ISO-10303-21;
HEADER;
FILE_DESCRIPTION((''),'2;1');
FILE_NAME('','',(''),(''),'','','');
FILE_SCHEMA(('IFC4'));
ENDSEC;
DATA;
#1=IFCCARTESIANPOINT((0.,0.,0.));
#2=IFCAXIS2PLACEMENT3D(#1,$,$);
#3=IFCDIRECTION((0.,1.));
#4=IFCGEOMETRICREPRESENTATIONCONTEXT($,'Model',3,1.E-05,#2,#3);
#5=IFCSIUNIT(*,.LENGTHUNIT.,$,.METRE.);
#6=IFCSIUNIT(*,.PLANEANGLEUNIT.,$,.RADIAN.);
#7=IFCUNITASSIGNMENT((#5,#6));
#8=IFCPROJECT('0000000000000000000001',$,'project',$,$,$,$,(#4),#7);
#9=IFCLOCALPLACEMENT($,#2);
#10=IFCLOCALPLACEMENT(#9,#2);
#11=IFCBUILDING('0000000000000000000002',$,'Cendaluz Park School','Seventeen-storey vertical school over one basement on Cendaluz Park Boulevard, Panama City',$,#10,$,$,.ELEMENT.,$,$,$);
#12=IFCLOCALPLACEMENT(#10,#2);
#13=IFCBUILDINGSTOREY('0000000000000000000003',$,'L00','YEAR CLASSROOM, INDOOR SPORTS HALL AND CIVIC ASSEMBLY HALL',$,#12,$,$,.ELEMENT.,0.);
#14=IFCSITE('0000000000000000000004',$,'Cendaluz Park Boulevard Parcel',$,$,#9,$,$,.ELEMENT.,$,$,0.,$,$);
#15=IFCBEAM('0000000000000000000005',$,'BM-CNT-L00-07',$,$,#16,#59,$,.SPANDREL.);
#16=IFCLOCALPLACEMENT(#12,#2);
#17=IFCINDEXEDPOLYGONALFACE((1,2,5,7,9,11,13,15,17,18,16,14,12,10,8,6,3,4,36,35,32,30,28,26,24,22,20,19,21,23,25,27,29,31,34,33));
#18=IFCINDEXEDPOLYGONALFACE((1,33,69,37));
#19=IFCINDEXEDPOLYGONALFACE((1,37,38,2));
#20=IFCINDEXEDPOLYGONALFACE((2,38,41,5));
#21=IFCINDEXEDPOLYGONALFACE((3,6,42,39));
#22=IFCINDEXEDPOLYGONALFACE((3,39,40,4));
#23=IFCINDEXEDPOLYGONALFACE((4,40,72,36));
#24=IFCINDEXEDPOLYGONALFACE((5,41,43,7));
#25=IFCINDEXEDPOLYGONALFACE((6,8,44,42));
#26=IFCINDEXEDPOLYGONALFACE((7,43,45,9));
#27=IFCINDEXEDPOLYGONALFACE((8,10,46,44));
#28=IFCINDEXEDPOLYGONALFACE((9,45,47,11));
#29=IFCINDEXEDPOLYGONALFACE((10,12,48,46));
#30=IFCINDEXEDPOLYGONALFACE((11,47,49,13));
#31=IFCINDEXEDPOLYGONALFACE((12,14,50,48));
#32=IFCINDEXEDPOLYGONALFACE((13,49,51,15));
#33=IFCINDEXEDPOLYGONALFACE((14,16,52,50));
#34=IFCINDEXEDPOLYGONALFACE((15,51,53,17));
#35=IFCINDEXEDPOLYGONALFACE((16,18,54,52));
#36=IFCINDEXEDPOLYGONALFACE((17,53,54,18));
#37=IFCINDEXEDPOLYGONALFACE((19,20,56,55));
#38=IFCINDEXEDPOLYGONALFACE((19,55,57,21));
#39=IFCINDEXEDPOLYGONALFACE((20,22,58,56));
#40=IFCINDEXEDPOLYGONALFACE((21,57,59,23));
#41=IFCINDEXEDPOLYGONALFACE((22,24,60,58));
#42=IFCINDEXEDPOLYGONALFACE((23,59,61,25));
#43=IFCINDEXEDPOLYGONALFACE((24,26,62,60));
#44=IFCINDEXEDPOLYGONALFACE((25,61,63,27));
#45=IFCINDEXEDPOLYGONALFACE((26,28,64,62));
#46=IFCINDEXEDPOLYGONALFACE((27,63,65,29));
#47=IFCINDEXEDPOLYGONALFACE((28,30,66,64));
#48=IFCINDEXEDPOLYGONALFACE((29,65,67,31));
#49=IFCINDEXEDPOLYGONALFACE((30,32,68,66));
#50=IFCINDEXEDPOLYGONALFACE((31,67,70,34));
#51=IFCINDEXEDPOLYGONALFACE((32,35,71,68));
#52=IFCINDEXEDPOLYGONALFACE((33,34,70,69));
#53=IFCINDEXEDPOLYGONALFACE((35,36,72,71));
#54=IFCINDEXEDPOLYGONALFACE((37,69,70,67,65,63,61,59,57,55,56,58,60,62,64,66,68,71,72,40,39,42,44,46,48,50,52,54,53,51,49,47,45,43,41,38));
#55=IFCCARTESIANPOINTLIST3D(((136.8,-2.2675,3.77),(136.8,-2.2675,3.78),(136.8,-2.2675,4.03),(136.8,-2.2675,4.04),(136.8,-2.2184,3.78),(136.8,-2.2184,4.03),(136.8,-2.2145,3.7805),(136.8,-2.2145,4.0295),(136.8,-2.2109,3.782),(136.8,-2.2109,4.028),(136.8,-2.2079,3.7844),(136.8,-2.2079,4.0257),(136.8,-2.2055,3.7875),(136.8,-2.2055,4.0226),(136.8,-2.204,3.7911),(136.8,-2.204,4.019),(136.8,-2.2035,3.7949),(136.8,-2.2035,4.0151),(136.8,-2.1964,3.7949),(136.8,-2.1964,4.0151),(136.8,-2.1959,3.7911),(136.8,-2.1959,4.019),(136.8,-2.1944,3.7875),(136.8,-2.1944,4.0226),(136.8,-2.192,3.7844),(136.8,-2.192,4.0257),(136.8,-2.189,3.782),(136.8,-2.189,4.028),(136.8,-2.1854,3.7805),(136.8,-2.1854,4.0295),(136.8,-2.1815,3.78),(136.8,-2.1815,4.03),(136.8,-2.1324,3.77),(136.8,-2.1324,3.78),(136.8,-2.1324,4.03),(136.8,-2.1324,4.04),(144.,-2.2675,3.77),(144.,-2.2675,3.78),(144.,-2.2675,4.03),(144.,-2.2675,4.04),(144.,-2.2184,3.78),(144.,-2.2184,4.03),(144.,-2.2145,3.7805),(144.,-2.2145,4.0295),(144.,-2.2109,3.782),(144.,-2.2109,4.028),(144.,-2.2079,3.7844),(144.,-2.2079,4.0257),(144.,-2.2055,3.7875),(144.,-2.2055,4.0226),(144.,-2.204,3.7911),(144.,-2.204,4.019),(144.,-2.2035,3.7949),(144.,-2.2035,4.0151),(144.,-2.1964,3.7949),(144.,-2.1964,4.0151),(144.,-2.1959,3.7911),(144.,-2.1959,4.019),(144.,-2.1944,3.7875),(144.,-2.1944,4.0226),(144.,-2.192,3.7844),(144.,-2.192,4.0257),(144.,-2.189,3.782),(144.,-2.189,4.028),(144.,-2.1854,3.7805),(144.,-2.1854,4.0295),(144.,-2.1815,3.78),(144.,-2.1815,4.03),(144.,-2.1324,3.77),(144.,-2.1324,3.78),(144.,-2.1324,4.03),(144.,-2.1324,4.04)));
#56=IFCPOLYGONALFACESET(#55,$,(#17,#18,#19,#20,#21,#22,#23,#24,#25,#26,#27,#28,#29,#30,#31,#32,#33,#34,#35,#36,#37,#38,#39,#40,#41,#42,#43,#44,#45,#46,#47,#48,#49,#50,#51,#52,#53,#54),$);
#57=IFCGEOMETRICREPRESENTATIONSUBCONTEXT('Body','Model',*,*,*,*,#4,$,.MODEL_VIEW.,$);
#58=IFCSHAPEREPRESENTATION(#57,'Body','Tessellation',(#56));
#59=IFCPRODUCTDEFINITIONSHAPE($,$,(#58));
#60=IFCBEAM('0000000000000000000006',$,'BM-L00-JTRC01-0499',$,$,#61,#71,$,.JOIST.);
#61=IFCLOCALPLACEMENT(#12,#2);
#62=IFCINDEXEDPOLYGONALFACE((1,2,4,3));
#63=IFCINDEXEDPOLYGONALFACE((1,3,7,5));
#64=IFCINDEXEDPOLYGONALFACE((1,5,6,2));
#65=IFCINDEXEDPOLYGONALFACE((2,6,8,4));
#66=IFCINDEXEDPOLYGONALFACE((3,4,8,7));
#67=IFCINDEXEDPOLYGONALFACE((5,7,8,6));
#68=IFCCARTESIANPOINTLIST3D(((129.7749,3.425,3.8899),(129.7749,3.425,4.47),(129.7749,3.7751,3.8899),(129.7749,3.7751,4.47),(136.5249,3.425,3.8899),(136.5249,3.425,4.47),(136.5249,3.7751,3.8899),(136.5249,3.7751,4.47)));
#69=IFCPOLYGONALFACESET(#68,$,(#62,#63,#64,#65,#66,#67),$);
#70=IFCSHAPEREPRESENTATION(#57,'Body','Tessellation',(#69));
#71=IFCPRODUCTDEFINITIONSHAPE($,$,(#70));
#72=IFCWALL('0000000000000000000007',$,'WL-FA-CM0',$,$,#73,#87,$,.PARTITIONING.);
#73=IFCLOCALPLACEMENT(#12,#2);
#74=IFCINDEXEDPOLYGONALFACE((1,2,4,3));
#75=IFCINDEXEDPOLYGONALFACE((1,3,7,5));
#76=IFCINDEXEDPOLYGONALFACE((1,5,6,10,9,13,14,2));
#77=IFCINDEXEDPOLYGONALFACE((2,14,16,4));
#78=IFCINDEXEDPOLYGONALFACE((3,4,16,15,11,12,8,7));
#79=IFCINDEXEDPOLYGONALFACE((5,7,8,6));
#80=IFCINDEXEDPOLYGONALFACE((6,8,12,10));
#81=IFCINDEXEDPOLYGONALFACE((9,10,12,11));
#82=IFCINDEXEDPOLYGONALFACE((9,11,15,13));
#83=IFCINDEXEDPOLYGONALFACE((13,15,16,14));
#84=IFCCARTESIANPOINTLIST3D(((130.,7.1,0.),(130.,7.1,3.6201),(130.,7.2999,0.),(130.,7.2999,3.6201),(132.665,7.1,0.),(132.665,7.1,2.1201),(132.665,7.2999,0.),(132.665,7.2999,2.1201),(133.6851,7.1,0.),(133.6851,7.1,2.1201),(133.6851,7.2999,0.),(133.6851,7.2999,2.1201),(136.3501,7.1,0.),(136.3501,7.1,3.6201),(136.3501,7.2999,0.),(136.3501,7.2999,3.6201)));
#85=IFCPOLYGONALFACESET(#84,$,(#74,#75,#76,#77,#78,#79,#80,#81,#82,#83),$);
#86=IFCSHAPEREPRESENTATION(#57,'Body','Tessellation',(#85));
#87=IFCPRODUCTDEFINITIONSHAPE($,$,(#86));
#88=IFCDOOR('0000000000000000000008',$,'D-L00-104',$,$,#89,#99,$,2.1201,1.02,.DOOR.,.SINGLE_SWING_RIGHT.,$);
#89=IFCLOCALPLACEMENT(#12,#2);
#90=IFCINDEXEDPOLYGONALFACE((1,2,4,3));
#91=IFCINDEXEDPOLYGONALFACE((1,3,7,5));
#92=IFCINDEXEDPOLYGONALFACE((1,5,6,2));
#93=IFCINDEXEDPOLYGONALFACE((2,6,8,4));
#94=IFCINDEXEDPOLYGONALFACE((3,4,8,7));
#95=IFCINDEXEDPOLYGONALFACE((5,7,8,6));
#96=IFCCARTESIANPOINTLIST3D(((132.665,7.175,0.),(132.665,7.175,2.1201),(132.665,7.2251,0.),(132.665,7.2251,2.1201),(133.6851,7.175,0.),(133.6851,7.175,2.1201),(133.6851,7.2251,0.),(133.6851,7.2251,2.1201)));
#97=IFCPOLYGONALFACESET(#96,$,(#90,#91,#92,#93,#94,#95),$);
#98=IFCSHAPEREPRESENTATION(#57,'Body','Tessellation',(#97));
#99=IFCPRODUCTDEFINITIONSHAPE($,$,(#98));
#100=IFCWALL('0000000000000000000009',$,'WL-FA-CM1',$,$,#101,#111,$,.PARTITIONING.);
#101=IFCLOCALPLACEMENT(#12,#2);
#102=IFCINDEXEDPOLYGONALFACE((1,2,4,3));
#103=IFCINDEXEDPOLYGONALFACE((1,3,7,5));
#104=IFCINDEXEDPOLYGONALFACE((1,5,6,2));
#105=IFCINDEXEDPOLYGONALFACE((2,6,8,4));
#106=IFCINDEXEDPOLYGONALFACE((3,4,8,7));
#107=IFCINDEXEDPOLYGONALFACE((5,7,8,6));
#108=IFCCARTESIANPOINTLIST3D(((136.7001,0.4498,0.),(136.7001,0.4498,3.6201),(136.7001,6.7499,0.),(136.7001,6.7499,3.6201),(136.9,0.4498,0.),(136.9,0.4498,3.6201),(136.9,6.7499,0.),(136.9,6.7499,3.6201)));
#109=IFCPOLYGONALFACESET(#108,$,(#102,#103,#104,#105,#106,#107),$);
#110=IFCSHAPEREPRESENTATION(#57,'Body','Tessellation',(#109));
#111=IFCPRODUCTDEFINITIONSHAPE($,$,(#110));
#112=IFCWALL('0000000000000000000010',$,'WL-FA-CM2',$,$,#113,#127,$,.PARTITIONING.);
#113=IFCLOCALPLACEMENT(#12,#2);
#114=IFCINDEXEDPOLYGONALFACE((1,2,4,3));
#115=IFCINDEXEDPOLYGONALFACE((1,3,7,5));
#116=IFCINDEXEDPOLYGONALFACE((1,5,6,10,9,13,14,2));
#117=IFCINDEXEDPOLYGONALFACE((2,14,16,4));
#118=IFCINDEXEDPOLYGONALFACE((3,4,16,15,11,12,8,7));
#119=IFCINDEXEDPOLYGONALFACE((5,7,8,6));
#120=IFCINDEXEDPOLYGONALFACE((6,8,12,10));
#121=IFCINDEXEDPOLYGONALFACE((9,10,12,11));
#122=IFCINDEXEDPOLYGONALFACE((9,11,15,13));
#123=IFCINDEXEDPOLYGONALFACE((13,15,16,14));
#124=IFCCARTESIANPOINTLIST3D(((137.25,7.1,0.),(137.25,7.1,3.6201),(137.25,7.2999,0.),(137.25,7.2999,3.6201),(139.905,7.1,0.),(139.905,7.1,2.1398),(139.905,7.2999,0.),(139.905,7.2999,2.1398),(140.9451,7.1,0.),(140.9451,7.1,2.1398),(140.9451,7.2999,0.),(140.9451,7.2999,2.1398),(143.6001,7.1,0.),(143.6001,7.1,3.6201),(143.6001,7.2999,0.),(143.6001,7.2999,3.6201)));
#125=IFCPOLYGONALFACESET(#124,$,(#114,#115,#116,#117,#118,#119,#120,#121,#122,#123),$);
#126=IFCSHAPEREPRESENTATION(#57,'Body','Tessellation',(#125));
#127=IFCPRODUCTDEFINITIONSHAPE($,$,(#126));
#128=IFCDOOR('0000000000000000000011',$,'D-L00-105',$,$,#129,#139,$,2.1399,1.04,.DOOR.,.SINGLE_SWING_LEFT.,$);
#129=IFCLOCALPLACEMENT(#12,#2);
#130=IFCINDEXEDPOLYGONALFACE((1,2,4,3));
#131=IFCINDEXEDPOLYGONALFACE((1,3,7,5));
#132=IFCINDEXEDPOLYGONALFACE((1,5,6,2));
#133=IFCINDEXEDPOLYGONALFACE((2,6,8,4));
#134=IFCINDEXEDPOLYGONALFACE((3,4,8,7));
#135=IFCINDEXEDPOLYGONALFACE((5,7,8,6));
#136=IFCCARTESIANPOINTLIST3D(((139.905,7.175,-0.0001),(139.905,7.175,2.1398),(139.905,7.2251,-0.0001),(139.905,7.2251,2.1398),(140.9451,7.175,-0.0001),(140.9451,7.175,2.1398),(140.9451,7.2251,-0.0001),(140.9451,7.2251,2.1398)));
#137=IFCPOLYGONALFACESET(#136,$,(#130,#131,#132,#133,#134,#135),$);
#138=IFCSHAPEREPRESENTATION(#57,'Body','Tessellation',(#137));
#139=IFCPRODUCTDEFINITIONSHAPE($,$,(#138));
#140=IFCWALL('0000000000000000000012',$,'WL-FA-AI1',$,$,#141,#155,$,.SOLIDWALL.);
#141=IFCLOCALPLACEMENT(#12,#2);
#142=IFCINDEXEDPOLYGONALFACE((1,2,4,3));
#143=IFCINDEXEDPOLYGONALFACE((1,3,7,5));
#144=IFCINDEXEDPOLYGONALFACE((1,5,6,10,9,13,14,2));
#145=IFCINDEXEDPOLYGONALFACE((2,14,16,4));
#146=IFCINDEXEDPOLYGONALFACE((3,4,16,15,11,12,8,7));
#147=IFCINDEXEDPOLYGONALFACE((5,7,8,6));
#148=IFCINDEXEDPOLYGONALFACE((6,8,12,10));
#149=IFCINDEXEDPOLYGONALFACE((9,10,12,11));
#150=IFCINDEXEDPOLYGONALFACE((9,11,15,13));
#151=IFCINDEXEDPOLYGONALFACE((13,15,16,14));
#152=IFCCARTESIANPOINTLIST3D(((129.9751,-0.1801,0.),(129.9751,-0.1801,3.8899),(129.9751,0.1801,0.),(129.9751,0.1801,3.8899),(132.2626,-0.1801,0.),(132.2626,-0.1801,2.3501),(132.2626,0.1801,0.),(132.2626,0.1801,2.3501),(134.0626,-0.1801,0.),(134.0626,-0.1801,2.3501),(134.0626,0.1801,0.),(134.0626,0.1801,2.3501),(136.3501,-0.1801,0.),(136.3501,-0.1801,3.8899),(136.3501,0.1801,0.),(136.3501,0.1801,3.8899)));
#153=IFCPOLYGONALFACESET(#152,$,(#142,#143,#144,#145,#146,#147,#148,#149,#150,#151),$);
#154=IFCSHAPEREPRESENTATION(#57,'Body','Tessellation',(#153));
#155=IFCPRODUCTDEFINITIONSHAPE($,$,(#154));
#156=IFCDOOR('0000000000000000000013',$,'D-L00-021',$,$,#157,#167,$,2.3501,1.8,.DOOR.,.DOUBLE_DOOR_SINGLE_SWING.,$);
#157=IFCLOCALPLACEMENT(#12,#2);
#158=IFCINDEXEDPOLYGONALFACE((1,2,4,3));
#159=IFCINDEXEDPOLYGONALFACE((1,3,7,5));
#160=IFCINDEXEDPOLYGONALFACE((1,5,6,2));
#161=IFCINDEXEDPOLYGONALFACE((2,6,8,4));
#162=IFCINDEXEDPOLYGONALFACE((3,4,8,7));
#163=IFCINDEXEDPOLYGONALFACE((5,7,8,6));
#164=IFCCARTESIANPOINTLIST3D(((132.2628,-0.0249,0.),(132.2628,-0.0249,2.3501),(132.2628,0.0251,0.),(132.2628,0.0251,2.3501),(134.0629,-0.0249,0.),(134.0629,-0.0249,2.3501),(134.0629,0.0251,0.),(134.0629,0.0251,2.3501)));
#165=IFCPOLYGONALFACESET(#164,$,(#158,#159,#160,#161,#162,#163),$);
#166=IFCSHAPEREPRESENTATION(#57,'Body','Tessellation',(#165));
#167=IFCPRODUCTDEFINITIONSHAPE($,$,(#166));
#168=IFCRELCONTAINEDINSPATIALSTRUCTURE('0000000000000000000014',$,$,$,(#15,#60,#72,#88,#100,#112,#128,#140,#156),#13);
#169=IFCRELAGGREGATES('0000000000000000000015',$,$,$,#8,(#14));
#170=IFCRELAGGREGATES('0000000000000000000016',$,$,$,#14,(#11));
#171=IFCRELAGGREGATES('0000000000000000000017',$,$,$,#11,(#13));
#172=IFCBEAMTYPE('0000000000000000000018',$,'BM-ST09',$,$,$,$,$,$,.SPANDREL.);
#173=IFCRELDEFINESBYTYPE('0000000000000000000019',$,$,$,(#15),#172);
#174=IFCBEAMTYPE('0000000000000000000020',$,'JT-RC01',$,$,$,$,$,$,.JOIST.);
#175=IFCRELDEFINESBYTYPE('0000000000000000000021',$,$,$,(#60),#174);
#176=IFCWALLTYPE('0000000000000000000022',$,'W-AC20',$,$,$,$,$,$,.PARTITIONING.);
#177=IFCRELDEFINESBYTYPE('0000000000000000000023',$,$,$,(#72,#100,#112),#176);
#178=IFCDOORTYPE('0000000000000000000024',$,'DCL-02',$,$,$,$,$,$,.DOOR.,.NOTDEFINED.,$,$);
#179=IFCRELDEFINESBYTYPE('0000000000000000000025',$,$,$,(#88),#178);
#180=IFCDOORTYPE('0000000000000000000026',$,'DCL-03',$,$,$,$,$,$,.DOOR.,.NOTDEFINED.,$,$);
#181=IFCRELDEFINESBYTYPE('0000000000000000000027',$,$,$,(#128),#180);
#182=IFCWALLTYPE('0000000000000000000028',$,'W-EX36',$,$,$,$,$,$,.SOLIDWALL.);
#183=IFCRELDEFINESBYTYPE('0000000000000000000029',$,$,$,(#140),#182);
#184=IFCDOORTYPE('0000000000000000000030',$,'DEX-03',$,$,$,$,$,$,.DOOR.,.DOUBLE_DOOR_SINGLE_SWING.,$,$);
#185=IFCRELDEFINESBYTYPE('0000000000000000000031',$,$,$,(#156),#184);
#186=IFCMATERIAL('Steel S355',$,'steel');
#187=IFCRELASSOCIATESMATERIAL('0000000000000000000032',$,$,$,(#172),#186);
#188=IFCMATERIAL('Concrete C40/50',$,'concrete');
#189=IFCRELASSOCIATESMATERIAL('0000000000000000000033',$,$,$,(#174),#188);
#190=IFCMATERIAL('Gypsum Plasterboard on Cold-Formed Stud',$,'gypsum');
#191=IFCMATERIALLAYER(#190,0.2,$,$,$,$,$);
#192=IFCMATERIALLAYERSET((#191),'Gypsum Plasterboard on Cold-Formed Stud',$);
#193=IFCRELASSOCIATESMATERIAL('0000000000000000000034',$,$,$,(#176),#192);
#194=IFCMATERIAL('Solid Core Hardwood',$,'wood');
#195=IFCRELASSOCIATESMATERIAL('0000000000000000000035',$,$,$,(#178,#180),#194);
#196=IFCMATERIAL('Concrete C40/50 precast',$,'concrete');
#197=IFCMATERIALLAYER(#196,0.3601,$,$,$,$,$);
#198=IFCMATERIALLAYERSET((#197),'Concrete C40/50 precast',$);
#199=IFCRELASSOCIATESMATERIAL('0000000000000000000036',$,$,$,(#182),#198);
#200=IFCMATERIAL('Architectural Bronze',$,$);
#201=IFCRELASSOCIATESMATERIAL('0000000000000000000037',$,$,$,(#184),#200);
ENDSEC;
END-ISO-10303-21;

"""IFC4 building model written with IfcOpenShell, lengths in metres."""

from ifc_helpers import new_model, si_unit, direction, frame, frame_2d, origin, origin_2d, place, context, subcontext, project, spatial, rectangle, i_section, extrude, material, layer, layer_set, material_profile, profile_set, type_object, element, fill, save


model = new_model("IFC4")

# Units and contexts
model_context = context("Model", 3, precision=1e-05, world=origin(), true_north=direction((0.0, 1.0)))
body_context = subcontext(model_context, "Body", "Model", "MODEL_VIEW")
ifc_project = project(units=[si_unit("LENGTHUNIT", "METRE"), si_unit("PLANEANGLEUNIT", "RADIAN")], contexts=[model_context])

# Site, building, storey
site_placement = place(None, origin())
site = spatial("IfcSite", under=ifc_project, at=site_placement, Name="Cendaluz Park Boulevard Parcel", CompositionType="ELEMENT", RefElevation=0.0)
building_placement = place(site_placement, origin())
building = spatial("IfcBuilding", under=site, at=building_placement, Name="Cendaluz Park School", Description="Seventeen-storey vertical school over one basement on Cendaluz Park Boulevard, Panama City", CompositionType="ELEMENT")
storey_placement = place(building_placement, origin())
storey = spatial("IfcBuildingStorey", under=building, at=storey_placement, Name="L00", Description="YEAR CLASSROOM, INDOOR SPORTS HALL AND CIVIC ASSEMBLY HALL", CompositionType="ELEMENT", Elevation=0.0)

# Shared definitions
ifc_material_1 = material(Name="Concrete C40/50", Category="concrete")

# Beams
ifc_material_2 = material(Name="Steel S355", Category="steel")
ifc_material_profile_1 = material_profile(ifc_material_2, i_section(OverallWidth=0.135, OverallDepth=0.27, WebThickness=0.0071, FlangeThickness=0.01, FilletRadius=0.0149, at=origin_2d()), Name="IPE 270", Category="steel")
ifc_profile_set_1 = profile_set([ifc_material_profile_1], Name="Steel S355")
beam_type_1 = type_object("IfcBeamType", Name="BM-ST09", PredefinedType="SPANDREL", material=ifc_profile_set_1)
beam_1_placement = place(storey_placement, frame((136.8, -2.2, 3.905), z_axis=(1.0, 0.0, 0.0), x_axis=(0.0, 1.0, 0.0)))
element("IfcBeam", 1, at=beam_1_placement, inside=storey, type_object=beam_type_1, Name="BM-CNT-L00-07", PredefinedType="SPANDREL", context=body_context, shape_type="SweptSolid", body=[
    extrude(i_section(OverallWidth=0.135, OverallDepth=0.27, WebThickness=0.0071, FlangeThickness=0.01, FilletRadius=0.0149, at=origin_2d()), origin(), (0.0, 0.0, 1.0), 7.2),
])
ifc_material_profile_2 = material_profile(ifc_material_1, rectangle(XDim=0.3501, YDim=0.5801, at=origin_2d()), Name="RC 350x580", Category="concrete")
ifc_profile_set_2 = profile_set([ifc_material_profile_2], Name="Concrete C40/50")
beam_type_2 = type_object("IfcBeamType", Name="JT-RC01", PredefinedType="JOIST", material=ifc_profile_set_2)
beam_2_placement = place(storey_placement, frame((129.7749, 3.6001, 4.1799), z_axis=(1.0, 0.0, 0.0), x_axis=(0.0, 1.0, 0.0)))
element("IfcBeam", 2, at=beam_2_placement, inside=storey, type_object=beam_type_2, Name="BM-L00-JTRC01-0499", PredefinedType="JOIST", context=body_context, shape_type="SweptSolid", body=[
    extrude(rectangle(XDim=0.3501, YDim=0.5801, at=origin_2d()), origin(), (0.0, 0.0, 1.0), 6.75),
])

# Wall, opening, door
ifc_material_3 = material(Name="Gypsum Plasterboard on Cold-Formed Stud", Category="gypsum")
ifc_layer_1 = layer(ifc_material_3, 0.2)
ifc_layer_set_1 = layer_set([ifc_layer_1], Name="Gypsum Plasterboard on Cold-Formed Stud")
wall_type_1 = type_object("IfcWallType", Name="W-AC20", PredefinedType="PARTITIONING", material=ifc_layer_set_1)
wall_1_placement = place(storey_placement, frame((130.0, 7.2, 0.0), z_axis=(0.0, 0.0, 1.0), x_axis=(1.0, 0.0, 0.0)))
wall_1 = element("IfcWall", 3, at=wall_1_placement, inside=storey, type_object=wall_type_1, Name="WL-FA-CM0", PredefinedType="PARTITIONING", context=body_context, shape_type="SweptSolid", body=[
    extrude(rectangle(XDim=6.3501, YDim=0.2, at=frame_2d((3.175, 0.0))), origin(), (0.0, 0.0, 1.0), 3.6201),
])
opening_1_placement = place(wall_1_placement, frame((2.665, 0.0, 0.0)))
opening_1 = element("IfcOpeningElement", 4, at=opening_1_placement, cuts=wall_1, PredefinedType="OPENING", context=body_context, shape_type="SweptSolid", body=[
    extrude(rectangle(XDim=1.02, YDim=2.1201, at=frame_2d((0.51, 1.0601))), frame((0.0, 0.1121, 0.0), z_axis=(0.0, -1.0, 0.0), x_axis=(1.0, 0.0, 0.0)), (0.0, 0.0, 1.0), 0.2239),
])
ifc_material_4 = material(Name="Solid Core Hardwood", Category="wood")
door_type_1 = type_object("IfcDoorType", Name="DCL-02", OperationType="NOTDEFINED", PredefinedType="DOOR", material=ifc_material_4)
door_1_placement = place(opening_1_placement, frame((1.02, 0.0, 0.0), z_axis=(0.0, 0.0, 1.0), x_axis=(-1.0, 0.0, 0.0)))
door_1 = element("IfcDoor", 5, at=door_1_placement, inside=storey, type_object=door_type_1, Name="D-L00-104", OperationType="SINGLE_SWING_RIGHT", OverallHeight=2.1201, OverallWidth=1.02, PredefinedType="DOOR", context=body_context, shape_type="SweptSolid", body=[
    extrude(rectangle(XDim=1.02, YDim=2.1201, at=frame_2d((0.51, 1.0601))), frame((0.0, 0.0249, 0.0), z_axis=(0.0, -1.0, 0.0), x_axis=(1.0, 0.0, 0.0)), (0.0, 0.0, 1.0), 0.05),
])
fill(opening_1, door_1)

# Wall
wall_2_placement = place(storey_placement, frame((136.8, 0.45, 0.0), z_axis=(0.0, 0.0, 1.0), x_axis=(0.0, 1.0, 0.0)))
element("IfcWall", 6, at=wall_2_placement, inside=storey, type_object=wall_type_1, Name="WL-FA-CM1", PredefinedType="PARTITIONING", context=body_context, shape_type="SweptSolid", body=[
    extrude(rectangle(XDim=6.3, YDim=0.2, at=frame_2d((3.1499, 0.0))), origin(), (0.0, 0.0, 1.0), 3.6201),
])

# Walls, openings, doors
wall_3_placement = place(storey_placement, frame((137.25, 7.2, 0.0), z_axis=(0.0, 0.0, 1.0), x_axis=(1.0, 0.0, 0.0)))
wall_3 = element("IfcWall", 7, at=wall_3_placement, inside=storey, type_object=wall_type_1, Name="WL-FA-CM2", PredefinedType="PARTITIONING", context=body_context, shape_type="SweptSolid", body=[
    extrude(rectangle(XDim=6.3501, YDim=0.2, at=frame_2d((3.175, 0.0))), origin(), (0.0, 0.0, 1.0), 3.6201),
])
opening_2_placement = place(wall_3_placement, frame((2.655, 0.0, 0.0)))
opening_2 = element("IfcOpeningElement", 8, at=opening_2_placement, cuts=wall_3, PredefinedType="OPENING", context=body_context, shape_type="SweptSolid", body=[
    extrude(rectangle(XDim=1.04, YDim=2.1399, at=frame_2d((0.52, 1.0698))), frame((0.0, 0.1121, 0.0), z_axis=(0.0, -1.0, 0.0), x_axis=(1.0, 0.0, 0.0)), (0.0, 0.0, 1.0), 0.2239),
])
door_type_2 = type_object("IfcDoorType", Name="DCL-03", OperationType="NOTDEFINED", PredefinedType="DOOR", material=ifc_material_4)
door_2_placement = place(opening_2_placement, frame((1.04, 0.0, 0.0), z_axis=(0.0, 0.0, 1.0), x_axis=(-1.0, 0.0, 0.0)))
door_2 = element("IfcDoor", 9, at=door_2_placement, inside=storey, type_object=door_type_2, Name="D-L00-105", OperationType="SINGLE_SWING_LEFT", OverallHeight=2.1399, OverallWidth=1.04, PredefinedType="DOOR", context=body_context, shape_type="SweptSolid", body=[
    extrude(rectangle(XDim=1.04, YDim=2.1399, at=frame_2d((0.52, 1.0698))), frame((0.0, 0.0249, 0.0), z_axis=(0.0, -1.0, 0.0), x_axis=(1.0, 0.0, 0.0)), (0.0, 0.0, 1.0), 0.05),
])
fill(opening_2, door_2)
ifc_material_5 = material(Name="Concrete C40/50 precast", Category="concrete")
ifc_layer_2 = layer(ifc_material_5, 0.3601)
ifc_layer_set_2 = layer_set([ifc_layer_2], Name="Concrete C40/50 precast")
wall_type_2 = type_object("IfcWallType", Name="W-EX36", PredefinedType="SOLIDWALL", material=ifc_layer_set_2)
wall_4_placement = place(storey_placement, frame((129.9751, 0.0, 0.0), z_axis=(0.0, 0.0, 1.0), x_axis=(1.0, 0.0, 0.0)))
wall_4 = element("IfcWall", 10, at=wall_4_placement, inside=storey, type_object=wall_type_2, Name="WL-FA-AI1", PredefinedType="SOLIDWALL", context=body_context, shape_type="SweptSolid", body=[
    extrude(rectangle(XDim=6.375, YDim=0.3601, at=frame_2d((3.1875, 0.0))), origin(), (0.0, 0.0, 1.0), 3.8899),
])
opening_3_placement = place(wall_4_placement, frame((2.2876, 0.0, 0.0)))
opening_3 = element("IfcOpeningElement", 11, at=opening_3_placement, cuts=wall_4, PredefinedType="OPENING", context=body_context, shape_type="SweptSolid", body=[
    extrude(rectangle(XDim=1.8, YDim=2.3501, at=frame_2d((0.8999, 1.175))), frame((0.0, 0.1921, 0.0), z_axis=(0.0, -1.0, 0.0), x_axis=(1.0, 0.0, 0.0)), (0.0, 0.0, 1.0), 0.384),
])
ifc_material_6 = material(Name="Architectural Bronze")
door_type_3 = type_object("IfcDoorType", Name="DEX-03", OperationType="DOUBLE_DOOR_SINGLE_SWING", PredefinedType="DOOR", material=ifc_material_6)
door_3_placement = place(opening_3_placement, frame((1.8, 0.0, 0.0), z_axis=(0.0, 0.0, 1.0), x_axis=(-1.0, 0.0, 0.0)))
door_3 = element("IfcDoor", 12, at=door_3_placement, inside=storey, type_object=door_type_3, Name="D-L00-021", OperationType="DOUBLE_DOOR_SINGLE_SWING", OverallHeight=2.3501, OverallWidth=1.8, PredefinedType="DOOR", context=body_context, shape_type="SweptSolid", body=[
    extrude(rectangle(XDim=1.8, YDim=2.3501, at=frame_2d((0.8999, 1.175))), frame((0.0, 0.0249, 0.0), z_axis=(0.0, -1.0, 0.0), x_axis=(1.0, 0.0, 0.0)), (0.0, 0.0, 1.0), 0.05),
])
fill(opening_3, door_3)

save(model, "model.ifc")
